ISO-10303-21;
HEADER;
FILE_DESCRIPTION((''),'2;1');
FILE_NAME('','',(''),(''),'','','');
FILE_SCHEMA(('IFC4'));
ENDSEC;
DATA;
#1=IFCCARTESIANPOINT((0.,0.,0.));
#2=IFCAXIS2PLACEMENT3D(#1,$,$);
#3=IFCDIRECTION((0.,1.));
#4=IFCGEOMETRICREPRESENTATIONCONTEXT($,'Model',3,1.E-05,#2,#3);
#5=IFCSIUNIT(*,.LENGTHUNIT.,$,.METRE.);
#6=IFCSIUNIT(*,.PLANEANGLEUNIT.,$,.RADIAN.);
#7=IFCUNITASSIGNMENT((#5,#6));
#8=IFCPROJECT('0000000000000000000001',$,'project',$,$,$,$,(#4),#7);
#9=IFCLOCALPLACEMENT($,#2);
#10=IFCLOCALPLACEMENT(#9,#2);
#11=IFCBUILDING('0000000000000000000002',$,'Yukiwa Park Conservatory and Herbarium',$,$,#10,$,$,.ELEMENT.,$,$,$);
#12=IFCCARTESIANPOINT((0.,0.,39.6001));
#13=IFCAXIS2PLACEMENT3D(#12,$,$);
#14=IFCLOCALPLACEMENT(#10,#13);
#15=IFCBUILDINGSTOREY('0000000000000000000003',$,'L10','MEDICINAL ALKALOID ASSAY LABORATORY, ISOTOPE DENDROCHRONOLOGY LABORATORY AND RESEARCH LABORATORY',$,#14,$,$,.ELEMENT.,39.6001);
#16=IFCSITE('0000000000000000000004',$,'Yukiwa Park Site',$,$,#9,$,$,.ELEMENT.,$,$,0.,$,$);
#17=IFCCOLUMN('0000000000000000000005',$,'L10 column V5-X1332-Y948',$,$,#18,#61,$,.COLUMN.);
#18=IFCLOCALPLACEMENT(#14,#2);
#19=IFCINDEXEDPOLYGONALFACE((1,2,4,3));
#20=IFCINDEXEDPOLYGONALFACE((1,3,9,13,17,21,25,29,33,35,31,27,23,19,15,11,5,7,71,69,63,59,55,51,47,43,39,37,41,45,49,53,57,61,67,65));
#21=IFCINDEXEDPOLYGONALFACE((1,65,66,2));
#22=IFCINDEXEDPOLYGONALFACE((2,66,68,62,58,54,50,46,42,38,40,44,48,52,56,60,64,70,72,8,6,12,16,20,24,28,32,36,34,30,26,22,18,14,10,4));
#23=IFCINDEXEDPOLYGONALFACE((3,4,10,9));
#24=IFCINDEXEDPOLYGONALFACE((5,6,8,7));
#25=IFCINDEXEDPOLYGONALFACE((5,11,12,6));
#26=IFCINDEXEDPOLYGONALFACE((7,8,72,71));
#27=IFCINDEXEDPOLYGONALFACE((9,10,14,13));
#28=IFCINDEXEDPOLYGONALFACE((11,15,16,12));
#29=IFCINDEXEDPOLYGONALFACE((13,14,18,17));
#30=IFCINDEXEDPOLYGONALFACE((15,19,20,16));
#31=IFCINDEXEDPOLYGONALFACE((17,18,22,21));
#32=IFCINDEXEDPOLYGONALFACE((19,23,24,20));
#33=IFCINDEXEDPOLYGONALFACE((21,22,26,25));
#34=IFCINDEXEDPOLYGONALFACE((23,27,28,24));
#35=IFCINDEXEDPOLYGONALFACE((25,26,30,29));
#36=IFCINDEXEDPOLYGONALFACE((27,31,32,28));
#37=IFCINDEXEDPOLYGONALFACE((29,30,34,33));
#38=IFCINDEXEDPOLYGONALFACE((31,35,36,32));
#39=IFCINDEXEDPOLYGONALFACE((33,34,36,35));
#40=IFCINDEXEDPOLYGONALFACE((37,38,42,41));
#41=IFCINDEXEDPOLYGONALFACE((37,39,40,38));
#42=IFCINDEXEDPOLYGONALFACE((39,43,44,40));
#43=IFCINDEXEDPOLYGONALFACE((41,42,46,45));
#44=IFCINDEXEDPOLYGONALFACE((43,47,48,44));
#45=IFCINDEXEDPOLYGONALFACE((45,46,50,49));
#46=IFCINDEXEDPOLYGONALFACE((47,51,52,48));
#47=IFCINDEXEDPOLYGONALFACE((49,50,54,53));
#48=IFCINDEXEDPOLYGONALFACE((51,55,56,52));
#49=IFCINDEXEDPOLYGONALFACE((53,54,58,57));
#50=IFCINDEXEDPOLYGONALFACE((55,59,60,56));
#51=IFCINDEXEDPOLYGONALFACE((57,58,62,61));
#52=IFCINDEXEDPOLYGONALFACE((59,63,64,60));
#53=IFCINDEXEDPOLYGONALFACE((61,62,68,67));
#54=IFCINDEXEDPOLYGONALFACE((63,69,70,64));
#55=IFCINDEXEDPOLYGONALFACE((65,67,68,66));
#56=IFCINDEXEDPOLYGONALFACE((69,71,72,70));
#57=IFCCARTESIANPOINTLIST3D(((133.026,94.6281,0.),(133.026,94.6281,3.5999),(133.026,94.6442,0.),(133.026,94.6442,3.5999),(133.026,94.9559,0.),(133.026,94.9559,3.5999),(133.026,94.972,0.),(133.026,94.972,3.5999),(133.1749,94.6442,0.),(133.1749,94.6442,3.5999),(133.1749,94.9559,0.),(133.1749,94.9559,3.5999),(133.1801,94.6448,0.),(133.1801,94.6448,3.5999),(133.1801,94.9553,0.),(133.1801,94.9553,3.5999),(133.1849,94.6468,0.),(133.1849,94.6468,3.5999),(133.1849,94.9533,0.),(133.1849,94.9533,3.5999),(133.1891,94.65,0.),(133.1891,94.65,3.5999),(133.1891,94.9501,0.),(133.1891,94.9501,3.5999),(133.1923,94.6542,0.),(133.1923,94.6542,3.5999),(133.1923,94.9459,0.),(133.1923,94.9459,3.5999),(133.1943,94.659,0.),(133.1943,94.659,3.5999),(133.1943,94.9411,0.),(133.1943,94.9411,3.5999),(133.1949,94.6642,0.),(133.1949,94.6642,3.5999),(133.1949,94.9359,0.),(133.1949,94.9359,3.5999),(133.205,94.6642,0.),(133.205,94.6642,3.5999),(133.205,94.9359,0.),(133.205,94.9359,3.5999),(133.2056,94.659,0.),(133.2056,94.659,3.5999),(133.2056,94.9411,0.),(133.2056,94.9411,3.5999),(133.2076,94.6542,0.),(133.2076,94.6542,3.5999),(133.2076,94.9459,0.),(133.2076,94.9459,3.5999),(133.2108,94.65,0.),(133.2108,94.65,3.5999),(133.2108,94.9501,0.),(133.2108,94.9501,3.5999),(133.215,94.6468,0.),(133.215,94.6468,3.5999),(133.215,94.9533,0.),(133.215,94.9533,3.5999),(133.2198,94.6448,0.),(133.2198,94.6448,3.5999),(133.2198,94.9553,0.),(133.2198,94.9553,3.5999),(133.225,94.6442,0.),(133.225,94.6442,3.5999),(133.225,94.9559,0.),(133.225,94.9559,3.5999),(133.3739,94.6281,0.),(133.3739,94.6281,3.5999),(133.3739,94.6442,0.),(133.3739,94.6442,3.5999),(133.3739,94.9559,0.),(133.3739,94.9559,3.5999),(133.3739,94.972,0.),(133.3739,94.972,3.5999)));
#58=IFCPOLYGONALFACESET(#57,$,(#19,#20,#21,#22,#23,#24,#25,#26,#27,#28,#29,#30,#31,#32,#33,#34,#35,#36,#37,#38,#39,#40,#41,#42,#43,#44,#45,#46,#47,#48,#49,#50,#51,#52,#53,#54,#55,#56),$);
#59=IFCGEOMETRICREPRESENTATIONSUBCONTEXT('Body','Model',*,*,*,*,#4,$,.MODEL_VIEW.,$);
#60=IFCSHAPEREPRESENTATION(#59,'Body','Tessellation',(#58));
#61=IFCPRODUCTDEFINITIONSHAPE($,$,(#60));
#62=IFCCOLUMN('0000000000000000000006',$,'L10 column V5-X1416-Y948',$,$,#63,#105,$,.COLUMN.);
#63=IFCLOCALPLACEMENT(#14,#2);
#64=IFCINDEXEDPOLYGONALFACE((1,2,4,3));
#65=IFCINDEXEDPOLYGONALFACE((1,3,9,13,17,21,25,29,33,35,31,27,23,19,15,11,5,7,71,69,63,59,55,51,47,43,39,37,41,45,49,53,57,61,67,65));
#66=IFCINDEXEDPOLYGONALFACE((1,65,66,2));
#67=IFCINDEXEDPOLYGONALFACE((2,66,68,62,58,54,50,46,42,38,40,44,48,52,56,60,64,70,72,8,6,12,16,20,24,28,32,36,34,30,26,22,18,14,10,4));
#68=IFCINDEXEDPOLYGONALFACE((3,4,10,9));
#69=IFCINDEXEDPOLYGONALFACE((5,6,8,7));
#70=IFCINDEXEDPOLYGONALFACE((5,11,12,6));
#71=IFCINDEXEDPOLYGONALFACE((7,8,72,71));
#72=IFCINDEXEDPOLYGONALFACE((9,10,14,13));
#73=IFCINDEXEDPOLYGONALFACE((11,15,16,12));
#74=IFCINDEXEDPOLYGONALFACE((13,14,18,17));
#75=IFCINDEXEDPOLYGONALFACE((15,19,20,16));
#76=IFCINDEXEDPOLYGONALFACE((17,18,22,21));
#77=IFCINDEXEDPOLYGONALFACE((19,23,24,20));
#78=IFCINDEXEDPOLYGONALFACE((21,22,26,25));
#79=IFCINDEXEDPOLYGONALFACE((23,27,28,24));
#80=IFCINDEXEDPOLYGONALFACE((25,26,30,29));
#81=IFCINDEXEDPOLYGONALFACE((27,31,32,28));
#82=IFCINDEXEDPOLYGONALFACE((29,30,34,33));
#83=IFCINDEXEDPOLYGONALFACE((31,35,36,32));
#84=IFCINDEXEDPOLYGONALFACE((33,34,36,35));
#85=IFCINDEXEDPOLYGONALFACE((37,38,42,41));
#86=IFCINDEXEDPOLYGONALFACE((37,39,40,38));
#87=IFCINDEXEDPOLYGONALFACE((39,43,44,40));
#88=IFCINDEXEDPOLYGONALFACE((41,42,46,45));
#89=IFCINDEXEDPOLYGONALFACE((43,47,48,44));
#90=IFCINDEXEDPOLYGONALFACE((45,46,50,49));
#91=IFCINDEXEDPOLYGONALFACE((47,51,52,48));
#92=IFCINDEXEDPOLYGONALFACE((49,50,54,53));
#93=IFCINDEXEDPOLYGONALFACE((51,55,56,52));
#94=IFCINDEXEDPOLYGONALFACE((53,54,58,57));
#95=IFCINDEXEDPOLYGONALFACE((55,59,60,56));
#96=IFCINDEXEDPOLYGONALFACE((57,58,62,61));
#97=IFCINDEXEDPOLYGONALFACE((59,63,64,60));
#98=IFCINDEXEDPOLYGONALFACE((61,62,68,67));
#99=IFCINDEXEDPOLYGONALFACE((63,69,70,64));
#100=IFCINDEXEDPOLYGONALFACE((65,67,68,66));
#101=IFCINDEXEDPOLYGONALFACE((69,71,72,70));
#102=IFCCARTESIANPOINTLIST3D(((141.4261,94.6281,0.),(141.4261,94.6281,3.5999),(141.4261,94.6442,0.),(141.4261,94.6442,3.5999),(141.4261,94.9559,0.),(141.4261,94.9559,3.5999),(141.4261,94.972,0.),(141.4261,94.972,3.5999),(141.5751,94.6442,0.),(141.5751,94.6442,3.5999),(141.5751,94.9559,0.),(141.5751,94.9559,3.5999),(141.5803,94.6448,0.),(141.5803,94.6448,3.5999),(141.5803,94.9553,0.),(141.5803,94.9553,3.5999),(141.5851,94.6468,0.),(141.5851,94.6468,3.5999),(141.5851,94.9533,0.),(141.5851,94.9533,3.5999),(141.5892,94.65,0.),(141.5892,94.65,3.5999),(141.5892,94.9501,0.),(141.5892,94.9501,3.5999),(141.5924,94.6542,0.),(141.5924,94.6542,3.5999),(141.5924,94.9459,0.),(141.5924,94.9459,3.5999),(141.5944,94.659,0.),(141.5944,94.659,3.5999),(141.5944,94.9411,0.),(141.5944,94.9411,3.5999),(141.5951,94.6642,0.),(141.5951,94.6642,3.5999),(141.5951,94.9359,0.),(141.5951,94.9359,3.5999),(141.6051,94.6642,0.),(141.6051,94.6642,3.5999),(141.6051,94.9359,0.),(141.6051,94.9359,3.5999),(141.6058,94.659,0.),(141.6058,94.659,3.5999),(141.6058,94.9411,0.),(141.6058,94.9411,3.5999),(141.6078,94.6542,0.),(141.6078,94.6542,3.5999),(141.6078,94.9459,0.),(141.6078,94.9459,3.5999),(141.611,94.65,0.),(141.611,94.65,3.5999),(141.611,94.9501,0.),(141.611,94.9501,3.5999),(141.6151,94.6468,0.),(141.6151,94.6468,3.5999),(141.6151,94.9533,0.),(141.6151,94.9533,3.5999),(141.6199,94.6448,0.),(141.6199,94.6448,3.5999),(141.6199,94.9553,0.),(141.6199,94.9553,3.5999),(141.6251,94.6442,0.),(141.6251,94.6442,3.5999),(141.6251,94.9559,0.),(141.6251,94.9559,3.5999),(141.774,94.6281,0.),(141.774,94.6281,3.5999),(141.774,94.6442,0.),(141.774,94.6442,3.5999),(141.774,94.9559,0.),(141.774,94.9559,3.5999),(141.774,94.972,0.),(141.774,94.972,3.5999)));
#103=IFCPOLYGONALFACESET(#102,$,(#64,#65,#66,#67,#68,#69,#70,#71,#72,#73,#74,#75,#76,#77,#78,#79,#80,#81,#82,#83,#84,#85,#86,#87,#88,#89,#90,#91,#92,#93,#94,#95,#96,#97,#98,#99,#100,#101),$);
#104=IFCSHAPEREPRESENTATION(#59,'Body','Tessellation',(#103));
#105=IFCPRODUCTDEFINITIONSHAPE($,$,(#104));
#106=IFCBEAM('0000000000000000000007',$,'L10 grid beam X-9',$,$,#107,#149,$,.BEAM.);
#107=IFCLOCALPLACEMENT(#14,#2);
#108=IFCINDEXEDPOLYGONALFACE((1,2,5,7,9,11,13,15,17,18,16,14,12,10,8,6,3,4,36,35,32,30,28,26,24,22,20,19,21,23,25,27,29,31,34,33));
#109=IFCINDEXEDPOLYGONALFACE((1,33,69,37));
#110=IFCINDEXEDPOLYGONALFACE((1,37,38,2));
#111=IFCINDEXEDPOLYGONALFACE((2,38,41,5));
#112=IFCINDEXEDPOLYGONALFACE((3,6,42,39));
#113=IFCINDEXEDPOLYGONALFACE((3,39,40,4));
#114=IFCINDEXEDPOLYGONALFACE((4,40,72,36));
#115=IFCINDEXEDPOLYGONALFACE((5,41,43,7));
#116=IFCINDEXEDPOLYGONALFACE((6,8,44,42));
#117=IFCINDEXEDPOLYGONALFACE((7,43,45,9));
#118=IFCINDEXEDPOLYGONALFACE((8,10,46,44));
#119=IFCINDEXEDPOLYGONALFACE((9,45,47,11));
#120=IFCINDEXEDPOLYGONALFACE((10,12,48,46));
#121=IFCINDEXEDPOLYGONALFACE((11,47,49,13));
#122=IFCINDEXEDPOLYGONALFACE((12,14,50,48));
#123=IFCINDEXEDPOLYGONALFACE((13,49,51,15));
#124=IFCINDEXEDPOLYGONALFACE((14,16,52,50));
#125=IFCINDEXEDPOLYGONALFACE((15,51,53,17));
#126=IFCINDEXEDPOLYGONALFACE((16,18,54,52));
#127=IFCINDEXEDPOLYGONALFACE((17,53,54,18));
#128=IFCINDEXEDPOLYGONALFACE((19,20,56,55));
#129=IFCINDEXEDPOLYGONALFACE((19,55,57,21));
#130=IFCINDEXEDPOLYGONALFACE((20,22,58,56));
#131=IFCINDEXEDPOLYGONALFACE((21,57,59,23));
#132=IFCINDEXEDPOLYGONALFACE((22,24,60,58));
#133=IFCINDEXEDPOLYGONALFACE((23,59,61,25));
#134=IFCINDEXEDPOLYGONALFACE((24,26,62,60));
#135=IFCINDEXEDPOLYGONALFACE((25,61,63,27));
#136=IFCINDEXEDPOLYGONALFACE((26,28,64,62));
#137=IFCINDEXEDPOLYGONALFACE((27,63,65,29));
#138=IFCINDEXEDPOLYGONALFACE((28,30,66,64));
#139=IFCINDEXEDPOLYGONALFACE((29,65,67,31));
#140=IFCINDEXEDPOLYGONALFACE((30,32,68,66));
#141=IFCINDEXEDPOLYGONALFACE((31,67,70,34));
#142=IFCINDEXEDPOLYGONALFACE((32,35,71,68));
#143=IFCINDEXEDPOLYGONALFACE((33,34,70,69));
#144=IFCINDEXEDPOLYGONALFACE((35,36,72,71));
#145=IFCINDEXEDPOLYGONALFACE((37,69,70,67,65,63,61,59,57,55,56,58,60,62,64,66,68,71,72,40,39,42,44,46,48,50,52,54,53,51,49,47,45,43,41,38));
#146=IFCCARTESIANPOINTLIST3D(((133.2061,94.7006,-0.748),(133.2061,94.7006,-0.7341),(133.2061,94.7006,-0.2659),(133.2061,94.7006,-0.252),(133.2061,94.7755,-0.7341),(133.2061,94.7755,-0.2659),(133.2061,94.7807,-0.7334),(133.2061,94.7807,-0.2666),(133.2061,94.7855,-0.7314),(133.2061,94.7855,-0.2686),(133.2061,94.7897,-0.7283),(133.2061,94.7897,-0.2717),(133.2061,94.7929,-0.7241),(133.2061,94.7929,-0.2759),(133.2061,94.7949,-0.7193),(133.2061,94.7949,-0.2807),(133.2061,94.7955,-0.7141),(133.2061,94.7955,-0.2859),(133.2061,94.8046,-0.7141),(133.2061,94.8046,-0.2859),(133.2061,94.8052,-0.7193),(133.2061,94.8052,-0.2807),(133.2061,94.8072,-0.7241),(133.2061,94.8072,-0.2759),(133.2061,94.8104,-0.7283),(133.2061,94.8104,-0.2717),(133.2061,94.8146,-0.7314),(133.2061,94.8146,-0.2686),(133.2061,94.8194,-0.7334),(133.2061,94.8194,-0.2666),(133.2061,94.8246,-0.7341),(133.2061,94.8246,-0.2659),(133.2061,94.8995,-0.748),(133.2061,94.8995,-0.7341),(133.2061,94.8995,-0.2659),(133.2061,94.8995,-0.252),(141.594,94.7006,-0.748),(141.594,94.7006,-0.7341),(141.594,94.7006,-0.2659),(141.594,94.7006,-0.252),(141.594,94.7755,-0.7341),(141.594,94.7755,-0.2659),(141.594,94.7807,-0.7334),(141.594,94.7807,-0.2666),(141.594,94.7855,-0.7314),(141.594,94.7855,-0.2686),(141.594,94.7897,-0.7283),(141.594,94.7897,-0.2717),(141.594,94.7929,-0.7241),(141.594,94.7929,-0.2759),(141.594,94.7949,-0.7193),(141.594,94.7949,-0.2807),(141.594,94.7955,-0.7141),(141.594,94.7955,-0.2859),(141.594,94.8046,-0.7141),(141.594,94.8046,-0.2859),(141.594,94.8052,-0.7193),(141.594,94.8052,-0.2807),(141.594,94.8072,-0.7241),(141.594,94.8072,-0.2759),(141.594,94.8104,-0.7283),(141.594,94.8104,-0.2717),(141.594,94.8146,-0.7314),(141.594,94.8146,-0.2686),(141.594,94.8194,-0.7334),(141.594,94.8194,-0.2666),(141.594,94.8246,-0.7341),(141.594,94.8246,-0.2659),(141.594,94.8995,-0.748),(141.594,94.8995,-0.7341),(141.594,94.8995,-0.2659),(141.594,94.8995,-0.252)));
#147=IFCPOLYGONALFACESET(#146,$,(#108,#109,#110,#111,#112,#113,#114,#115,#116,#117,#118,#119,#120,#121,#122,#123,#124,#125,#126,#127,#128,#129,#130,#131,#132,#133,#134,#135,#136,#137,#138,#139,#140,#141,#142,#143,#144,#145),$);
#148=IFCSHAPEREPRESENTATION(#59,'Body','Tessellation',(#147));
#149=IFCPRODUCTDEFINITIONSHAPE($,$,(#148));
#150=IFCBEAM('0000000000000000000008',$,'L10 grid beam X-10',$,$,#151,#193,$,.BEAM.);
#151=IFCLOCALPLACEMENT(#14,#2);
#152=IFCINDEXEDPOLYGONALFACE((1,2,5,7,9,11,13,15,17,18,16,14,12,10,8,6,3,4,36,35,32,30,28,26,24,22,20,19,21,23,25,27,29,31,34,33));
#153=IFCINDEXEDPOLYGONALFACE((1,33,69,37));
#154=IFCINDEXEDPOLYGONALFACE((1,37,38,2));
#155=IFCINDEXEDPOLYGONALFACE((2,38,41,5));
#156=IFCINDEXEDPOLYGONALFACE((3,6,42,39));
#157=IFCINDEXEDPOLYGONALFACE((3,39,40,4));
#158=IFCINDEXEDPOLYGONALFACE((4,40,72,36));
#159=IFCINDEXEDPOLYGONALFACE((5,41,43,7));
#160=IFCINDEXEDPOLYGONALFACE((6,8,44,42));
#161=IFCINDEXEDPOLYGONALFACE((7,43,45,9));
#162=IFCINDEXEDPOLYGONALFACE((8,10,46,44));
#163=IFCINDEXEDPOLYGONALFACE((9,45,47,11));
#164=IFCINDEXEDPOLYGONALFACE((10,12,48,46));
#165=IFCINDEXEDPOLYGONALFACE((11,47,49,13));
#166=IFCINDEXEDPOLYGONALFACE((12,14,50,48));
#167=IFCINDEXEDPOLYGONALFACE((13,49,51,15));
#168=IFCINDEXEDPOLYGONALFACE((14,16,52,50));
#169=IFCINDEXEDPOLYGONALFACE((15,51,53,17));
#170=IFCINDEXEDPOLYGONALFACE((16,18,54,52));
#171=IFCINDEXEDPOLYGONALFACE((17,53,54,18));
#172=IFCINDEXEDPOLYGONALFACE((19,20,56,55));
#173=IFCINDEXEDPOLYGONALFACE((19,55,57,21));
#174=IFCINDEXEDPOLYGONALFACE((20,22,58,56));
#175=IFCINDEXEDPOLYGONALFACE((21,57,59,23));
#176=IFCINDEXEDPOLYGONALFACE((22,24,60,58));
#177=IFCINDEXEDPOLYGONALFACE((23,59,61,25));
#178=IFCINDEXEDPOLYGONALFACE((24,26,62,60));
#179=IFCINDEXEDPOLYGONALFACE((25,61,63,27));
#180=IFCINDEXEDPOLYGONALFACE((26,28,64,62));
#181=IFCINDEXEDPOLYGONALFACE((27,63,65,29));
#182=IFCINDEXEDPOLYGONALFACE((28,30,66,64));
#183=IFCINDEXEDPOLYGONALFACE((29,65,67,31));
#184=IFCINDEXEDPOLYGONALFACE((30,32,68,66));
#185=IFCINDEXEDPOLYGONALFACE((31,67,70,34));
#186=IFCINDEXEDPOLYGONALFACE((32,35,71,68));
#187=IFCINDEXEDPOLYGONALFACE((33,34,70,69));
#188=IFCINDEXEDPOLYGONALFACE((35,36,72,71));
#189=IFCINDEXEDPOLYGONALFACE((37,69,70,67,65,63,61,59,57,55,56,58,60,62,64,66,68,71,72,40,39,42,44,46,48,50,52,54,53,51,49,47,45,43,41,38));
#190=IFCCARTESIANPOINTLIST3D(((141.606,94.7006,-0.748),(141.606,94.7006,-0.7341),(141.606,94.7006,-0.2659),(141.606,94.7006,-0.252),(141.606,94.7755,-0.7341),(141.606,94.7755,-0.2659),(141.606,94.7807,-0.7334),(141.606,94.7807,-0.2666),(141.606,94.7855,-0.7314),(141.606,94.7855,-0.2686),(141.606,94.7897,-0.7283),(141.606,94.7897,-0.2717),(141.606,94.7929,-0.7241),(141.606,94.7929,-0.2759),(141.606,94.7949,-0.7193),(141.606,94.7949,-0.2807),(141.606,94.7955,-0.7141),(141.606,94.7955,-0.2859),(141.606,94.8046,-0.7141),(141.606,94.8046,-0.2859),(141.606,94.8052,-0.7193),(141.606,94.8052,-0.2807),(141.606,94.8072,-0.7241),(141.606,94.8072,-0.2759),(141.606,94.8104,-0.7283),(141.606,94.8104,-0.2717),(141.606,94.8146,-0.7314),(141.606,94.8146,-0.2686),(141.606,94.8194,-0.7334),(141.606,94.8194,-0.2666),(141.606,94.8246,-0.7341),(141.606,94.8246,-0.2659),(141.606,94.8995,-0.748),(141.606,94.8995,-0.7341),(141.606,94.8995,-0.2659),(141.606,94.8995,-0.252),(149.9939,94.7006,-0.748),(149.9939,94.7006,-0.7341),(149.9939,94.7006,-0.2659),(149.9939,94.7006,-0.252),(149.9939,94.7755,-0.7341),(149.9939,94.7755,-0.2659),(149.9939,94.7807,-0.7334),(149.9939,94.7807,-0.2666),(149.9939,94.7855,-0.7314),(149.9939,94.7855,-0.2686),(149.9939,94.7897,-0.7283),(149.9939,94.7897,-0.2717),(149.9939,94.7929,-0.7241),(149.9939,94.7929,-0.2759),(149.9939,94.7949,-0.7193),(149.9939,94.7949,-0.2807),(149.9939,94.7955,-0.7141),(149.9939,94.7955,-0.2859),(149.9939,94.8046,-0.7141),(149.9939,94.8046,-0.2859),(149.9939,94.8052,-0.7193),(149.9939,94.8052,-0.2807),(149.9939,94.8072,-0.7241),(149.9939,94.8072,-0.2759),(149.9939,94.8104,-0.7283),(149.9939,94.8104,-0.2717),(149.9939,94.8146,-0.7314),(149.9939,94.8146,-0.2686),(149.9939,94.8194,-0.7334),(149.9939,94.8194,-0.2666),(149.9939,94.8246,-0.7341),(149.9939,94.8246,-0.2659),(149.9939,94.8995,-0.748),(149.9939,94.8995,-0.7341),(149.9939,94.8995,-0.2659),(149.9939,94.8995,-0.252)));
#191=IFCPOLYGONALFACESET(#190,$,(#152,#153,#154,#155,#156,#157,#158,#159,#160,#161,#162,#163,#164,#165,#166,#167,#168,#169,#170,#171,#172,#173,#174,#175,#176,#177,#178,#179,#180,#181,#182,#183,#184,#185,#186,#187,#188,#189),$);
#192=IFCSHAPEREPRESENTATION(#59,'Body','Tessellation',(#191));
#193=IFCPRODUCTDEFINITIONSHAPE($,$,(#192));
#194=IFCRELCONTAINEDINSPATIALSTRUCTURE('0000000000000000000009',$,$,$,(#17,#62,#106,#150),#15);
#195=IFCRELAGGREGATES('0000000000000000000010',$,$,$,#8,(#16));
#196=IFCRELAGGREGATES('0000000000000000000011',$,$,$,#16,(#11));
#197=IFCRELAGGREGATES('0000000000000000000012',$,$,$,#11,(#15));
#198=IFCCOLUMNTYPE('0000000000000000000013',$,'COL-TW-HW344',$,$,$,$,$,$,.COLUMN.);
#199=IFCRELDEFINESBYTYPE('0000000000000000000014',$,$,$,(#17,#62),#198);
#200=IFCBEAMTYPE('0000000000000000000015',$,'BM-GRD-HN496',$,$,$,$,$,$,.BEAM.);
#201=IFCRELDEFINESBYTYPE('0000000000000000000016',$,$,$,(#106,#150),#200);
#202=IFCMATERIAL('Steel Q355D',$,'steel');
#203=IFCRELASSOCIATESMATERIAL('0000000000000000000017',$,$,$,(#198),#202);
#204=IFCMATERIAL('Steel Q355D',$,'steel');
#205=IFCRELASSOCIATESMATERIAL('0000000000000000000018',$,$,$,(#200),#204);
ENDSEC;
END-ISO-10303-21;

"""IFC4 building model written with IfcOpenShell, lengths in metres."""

from ifc_helpers import new_model, si_unit, direction, frame, origin, origin_2d, place, context, subcontext, project, spatial, i_section, extrude, material, material_profile, profile_set, type_object, element, save


model = new_model("IFC4")

# Units and contexts
model_context = context("Model", 3, precision=1e-05, world=origin(), true_north=direction((0.0, 1.0)))
body_context = subcontext(model_context, "Body", "Model", "MODEL_VIEW")
ifc_project = project(units=[si_unit("LENGTHUNIT", "METRE"), si_unit("PLANEANGLEUNIT", "RADIAN")], contexts=[model_context])

# Site, building, storey
site_placement = place(None, origin())
site = spatial("IfcSite", under=ifc_project, at=site_placement, Name="Yukiwa Park Site", CompositionType="ELEMENT", RefElevation=0.0)
building_placement = place(site_placement, origin())
building = spatial("IfcBuilding", under=site, at=building_placement, Name="Yukiwa Park Conservatory and Herbarium", CompositionType="ELEMENT")
storey_placement = place(building_placement, frame((0.0, 0.0, 39.6001)))
storey = spatial("IfcBuildingStorey", under=building, at=storey_placement, Name="L10", Description="MEDICINAL ALKALOID ASSAY LABORATORY, ISOTOPE DENDROCHRONOLOGY LABORATORY AND RESEARCH LABORATORY", CompositionType="ELEMENT", Elevation=39.6001)

# Columns
ifc_material_1 = material(Name="Steel Q355D", Category="steel")
ifc_material_profile_1 = material_profile(ifc_material_1, i_section(OverallWidth=0.3479, OverallDepth=0.344, WebThickness=0.01, FlangeThickness=0.0161, FilletRadius=0.02, at=origin_2d()), Name="HW 344x348x10x16")
ifc_profile_set_1 = profile_set([ifc_material_profile_1], Name="Steel Q355D")
column_type = type_object("IfcColumnType", Name="COL-TW-HW344", PredefinedType="COLUMN", material=ifc_profile_set_1)
for number, where, z_axis, x_axis, name in (
    (1, (133.2, 94.8, 0.0), (0.0, 0.0, 1.0), (1.0, 0.0, 0.0), "L10 column V5-X1332-Y948"),
    (2, (141.6001, 94.8, 0.0), (0.0, 0.0, 1.0), (1.0, 0.0, 0.0), "L10 column V5-X1416-Y948"),
):
    element("IfcColumn", number, at=place(storey_placement, frame(where, z_axis=z_axis, x_axis=x_axis)), inside=storey, type_object=column_type, Name=name, PredefinedType="COLUMN", context=body_context, shape_type="SweptSolid", body=[
        extrude(i_section(OverallWidth=0.3479, OverallDepth=0.344, WebThickness=0.01, FlangeThickness=0.0161, FilletRadius=0.02, at=origin_2d()), origin(), (0.0, 0.0, 1.0), 3.5999),
    ])

# Beams
ifc_material_2 = material(Name="Steel Q355D", Category="steel")
ifc_material_profile_2 = material_profile(ifc_material_2, i_section(OverallWidth=0.199, OverallDepth=0.4961, WebThickness=0.009, FlangeThickness=0.0139, FilletRadius=0.02, at=origin_2d()), Name="HN 496x199x9x14")
ifc_profile_set_2 = profile_set([ifc_material_profile_2], Name="Steel Q355D")
beam_type_1 = type_object("IfcBeamType", Name="BM-GRD-HN496", PredefinedType="BEAM", material=ifc_profile_set_2)
for number, where, z_axis, x_axis, name in (
    (3, (133.2061, 94.8, -0.5), (1.0, 0.0, 0.0), (0.0, 1.0, 0.0), "L10 grid beam X-9"),
    (4, (141.606, 94.8, -0.5), (1.0, 0.0, 0.0), (0.0, 1.0, 0.0), "L10 grid beam X-10"),
):
    element("IfcBeam", number, at=place(storey_placement, frame(where, z_axis=z_axis, x_axis=x_axis)), inside=storey, type_object=beam_type_1, Name=name, PredefinedType="BEAM", context=body_context, shape_type="SweptSolid", body=[
        extrude(i_section(OverallWidth=0.199, OverallDepth=0.4961, WebThickness=0.009, FlangeThickness=0.0139, FilletRadius=0.02, at=origin_2d()), origin(), (0.0, 0.0, 1.0), 8.3879),
    ])

save(model, "model.ifc")
